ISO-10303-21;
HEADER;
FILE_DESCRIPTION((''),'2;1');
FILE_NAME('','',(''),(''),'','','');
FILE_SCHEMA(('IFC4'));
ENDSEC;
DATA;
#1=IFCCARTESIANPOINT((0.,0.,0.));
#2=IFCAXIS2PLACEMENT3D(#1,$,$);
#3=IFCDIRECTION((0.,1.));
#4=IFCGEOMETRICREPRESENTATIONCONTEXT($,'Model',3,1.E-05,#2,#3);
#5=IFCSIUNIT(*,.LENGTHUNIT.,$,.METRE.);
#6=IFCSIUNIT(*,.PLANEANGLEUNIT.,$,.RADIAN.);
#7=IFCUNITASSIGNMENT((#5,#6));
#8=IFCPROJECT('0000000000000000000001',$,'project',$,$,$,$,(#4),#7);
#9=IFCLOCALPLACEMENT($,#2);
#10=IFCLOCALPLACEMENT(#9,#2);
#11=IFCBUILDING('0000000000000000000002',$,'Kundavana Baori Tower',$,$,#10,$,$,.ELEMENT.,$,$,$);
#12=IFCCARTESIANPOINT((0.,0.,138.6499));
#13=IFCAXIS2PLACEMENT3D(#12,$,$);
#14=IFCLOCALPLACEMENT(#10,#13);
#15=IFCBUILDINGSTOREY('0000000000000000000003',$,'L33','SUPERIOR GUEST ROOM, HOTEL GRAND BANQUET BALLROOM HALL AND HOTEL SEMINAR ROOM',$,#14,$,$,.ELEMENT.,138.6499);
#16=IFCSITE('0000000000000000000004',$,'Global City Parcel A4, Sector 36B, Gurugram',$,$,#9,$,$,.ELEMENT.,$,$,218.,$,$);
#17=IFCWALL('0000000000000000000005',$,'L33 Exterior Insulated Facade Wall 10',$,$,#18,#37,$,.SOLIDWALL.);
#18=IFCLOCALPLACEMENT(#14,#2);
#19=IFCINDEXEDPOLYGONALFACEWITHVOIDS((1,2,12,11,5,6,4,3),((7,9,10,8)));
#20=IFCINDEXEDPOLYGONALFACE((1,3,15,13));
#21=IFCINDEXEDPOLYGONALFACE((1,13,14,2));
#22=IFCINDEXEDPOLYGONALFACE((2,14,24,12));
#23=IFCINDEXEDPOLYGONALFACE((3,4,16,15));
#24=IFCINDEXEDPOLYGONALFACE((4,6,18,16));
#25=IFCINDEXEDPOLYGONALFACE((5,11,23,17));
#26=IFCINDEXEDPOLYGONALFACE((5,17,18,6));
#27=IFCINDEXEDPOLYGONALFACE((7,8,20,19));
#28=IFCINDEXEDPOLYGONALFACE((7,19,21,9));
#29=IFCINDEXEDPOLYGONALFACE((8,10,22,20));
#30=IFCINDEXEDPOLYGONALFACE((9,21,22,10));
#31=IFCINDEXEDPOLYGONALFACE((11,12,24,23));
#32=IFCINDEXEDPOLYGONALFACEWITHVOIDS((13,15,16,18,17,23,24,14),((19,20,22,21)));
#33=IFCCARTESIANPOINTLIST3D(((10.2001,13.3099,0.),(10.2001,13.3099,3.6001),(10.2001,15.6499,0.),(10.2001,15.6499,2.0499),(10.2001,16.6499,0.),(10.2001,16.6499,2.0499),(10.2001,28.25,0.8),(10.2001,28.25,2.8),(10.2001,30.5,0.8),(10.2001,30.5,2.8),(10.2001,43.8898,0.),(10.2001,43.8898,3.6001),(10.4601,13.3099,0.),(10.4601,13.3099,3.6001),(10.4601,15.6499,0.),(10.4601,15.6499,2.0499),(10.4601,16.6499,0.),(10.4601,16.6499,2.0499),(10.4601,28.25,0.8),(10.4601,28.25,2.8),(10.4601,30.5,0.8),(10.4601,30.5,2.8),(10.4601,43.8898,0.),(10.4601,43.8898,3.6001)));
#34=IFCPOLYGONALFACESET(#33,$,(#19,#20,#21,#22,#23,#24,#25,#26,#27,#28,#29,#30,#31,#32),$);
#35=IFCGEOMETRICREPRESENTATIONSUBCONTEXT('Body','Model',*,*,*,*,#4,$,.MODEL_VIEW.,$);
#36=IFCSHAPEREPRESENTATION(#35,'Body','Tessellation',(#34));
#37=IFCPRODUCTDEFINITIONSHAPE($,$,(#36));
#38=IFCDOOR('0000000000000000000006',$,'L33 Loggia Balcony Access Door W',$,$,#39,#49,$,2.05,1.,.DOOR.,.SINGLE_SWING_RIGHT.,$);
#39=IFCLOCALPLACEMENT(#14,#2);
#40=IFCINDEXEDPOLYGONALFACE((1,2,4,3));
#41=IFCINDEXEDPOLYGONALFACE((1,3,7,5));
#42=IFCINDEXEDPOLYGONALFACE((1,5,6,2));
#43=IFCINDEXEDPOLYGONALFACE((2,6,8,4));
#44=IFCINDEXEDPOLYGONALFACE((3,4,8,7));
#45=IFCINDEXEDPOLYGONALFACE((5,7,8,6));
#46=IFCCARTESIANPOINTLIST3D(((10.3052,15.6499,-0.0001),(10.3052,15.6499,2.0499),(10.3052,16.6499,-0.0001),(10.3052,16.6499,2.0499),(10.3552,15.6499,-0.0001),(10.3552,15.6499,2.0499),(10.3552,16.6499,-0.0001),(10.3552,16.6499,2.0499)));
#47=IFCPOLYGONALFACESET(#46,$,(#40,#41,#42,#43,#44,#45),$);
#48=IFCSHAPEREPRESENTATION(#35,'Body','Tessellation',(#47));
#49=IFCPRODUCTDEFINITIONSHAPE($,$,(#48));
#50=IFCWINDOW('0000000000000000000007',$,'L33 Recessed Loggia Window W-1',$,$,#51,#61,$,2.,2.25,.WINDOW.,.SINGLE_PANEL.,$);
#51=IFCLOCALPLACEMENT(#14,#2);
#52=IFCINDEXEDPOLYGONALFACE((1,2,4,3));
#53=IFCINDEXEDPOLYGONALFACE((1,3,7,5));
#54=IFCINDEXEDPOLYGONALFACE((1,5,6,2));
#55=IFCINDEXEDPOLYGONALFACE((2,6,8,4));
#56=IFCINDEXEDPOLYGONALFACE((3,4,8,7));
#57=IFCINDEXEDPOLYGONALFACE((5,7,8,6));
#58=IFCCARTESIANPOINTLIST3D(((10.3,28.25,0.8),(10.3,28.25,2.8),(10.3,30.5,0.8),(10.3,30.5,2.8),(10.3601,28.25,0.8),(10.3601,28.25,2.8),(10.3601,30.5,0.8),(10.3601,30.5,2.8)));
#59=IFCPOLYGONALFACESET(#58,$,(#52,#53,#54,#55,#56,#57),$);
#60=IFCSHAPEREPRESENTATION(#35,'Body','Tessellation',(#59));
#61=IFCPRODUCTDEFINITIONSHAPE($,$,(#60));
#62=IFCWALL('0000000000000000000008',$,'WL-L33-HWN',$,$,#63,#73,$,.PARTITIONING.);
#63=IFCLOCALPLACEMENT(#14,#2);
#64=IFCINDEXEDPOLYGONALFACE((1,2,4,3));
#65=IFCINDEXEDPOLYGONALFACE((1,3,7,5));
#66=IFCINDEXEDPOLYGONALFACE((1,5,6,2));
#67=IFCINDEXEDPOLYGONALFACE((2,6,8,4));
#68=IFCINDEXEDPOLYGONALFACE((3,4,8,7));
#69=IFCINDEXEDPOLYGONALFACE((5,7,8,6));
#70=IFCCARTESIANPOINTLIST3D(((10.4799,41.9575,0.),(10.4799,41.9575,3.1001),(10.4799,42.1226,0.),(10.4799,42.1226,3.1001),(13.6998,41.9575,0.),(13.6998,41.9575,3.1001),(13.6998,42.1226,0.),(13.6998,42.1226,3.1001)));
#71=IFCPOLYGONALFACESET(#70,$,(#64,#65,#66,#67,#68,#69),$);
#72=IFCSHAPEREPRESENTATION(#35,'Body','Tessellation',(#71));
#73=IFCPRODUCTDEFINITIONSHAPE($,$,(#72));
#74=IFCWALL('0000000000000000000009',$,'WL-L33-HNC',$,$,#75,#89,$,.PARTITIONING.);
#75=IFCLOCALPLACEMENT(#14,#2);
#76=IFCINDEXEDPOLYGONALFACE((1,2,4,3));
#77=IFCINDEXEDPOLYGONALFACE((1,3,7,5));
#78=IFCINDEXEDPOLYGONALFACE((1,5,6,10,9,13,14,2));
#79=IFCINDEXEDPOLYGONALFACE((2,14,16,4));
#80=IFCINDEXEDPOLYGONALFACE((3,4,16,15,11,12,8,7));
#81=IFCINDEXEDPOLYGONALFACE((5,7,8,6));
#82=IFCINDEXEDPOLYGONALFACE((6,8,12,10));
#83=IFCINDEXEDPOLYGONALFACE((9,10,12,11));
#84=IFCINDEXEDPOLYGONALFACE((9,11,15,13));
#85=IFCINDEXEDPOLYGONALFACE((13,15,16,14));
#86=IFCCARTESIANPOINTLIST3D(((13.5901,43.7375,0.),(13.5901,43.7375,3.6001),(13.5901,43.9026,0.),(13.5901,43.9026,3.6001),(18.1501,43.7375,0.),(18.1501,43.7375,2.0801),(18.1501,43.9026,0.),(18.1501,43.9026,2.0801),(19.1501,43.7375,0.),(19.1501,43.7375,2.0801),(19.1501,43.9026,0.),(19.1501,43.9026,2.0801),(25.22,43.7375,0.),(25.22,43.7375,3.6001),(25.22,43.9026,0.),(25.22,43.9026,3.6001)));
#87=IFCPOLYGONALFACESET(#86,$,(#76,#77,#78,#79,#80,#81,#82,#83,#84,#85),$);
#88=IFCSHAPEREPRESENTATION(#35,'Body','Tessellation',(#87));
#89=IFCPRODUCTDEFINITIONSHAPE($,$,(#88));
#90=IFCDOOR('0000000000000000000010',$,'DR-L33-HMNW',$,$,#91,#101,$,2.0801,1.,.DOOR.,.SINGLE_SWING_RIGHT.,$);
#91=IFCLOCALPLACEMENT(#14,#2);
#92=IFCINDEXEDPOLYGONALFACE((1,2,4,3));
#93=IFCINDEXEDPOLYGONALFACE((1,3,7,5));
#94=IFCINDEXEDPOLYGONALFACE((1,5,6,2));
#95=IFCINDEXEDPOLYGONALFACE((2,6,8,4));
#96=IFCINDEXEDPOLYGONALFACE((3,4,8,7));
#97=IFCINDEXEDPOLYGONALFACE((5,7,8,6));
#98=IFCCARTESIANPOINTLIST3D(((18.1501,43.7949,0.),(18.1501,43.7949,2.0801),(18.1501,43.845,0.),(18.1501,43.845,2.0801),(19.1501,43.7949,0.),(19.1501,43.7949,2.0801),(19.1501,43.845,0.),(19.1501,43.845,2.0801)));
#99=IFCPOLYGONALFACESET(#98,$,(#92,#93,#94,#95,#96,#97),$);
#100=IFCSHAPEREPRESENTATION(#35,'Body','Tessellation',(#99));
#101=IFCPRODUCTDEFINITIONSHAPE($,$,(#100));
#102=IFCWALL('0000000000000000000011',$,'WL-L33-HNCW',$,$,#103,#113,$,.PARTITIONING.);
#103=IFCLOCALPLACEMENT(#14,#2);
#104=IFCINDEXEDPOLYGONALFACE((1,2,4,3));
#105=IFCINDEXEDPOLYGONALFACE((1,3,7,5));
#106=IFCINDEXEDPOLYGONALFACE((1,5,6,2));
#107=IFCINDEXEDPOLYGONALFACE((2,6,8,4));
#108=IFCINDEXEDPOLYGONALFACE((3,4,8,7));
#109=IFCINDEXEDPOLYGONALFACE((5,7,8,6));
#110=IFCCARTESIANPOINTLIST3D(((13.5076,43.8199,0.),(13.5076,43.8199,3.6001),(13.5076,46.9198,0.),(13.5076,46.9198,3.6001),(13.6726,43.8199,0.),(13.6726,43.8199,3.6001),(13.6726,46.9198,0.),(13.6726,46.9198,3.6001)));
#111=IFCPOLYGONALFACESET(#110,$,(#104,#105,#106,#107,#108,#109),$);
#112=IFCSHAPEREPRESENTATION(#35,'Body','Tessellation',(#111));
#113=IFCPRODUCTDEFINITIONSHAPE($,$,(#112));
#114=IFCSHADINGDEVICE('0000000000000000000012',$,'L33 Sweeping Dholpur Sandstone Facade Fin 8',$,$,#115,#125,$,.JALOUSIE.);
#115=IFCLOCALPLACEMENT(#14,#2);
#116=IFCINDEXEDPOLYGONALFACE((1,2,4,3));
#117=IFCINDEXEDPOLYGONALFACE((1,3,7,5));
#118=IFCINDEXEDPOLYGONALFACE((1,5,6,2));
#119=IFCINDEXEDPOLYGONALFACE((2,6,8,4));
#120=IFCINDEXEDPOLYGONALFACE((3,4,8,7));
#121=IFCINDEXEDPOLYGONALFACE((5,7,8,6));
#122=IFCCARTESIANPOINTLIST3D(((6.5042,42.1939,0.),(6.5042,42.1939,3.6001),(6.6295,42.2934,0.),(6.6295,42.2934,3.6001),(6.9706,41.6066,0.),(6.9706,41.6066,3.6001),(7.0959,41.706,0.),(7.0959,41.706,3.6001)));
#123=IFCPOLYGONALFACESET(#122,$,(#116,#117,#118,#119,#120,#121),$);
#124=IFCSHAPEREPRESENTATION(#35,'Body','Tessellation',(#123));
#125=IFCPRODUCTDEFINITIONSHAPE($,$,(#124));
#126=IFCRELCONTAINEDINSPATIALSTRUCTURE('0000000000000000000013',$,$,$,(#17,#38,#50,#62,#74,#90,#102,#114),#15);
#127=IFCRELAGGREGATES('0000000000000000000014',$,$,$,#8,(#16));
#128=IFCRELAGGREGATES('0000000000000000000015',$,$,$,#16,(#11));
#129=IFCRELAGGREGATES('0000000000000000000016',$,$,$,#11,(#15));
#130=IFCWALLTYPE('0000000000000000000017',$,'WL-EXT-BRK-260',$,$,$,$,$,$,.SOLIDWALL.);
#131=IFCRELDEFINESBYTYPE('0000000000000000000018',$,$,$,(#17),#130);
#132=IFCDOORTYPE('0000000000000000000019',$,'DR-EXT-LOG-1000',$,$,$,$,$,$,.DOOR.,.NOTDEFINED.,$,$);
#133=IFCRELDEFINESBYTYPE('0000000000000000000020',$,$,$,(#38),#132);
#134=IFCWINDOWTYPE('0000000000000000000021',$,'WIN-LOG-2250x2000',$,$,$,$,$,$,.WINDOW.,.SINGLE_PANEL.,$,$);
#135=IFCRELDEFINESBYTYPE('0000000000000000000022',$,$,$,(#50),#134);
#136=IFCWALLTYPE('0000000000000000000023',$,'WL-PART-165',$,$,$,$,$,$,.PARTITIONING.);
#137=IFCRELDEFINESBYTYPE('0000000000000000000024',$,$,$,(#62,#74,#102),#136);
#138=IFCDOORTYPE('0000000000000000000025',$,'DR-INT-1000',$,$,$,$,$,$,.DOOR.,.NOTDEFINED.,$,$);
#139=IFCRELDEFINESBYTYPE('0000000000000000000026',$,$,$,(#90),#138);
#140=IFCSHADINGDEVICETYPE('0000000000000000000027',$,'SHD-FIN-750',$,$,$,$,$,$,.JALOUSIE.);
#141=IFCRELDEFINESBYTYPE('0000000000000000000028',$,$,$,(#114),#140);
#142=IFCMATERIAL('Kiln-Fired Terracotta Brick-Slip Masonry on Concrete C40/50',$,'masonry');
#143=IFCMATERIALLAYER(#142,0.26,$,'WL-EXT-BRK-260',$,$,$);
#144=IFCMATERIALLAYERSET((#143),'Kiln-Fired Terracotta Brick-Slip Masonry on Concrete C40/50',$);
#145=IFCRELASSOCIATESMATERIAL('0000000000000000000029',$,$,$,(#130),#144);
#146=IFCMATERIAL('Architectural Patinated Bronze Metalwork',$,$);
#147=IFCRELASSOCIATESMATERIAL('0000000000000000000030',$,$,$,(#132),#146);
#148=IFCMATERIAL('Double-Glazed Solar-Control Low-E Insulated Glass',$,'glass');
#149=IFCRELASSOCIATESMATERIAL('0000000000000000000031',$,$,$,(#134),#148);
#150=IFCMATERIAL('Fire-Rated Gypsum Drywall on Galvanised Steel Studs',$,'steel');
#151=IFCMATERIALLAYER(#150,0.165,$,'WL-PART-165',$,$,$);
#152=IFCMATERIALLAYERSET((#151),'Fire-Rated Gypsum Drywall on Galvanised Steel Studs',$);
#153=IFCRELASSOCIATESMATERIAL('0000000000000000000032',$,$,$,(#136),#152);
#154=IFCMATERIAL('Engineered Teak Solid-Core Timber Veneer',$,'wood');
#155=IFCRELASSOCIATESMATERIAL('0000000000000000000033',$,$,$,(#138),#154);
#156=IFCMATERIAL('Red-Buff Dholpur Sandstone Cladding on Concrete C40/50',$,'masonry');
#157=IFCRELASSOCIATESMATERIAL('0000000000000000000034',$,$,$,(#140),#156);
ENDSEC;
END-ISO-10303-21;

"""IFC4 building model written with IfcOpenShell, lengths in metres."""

from ifc_helpers import new_model, si_unit, direction, frame, frame_2d, origin, origin_2d, place, context, subcontext, project, spatial, rectangle, extrude, material, layer, layer_set, type_object, element, fill, save


model = new_model("IFC4")

# Units and contexts
model_context = context("Model", 3, precision=1e-05, world=origin(), true_north=direction((0.0, 1.0)))
body_context = subcontext(model_context, "Body", "Model", "MODEL_VIEW")
ifc_project = project(units=[si_unit("LENGTHUNIT", "METRE"), si_unit("PLANEANGLEUNIT", "RADIAN")], contexts=[model_context])

# Site, building, storey
site_placement = place(None, origin())
site = spatial("IfcSite", under=ifc_project, at=site_placement, Name="Global City Parcel A4, Sector 36B, Gurugram", CompositionType="ELEMENT", RefElevation=218.0)
building_placement = place(site_placement, origin())
building = spatial("IfcBuilding", under=site, at=building_placement, Name="Kundavana Baori Tower", CompositionType="ELEMENT")
storey_placement = place(building_placement, frame((0.0, 0.0, 138.6499)))
storey = spatial("IfcBuildingStorey", under=building, at=storey_placement, Name="L33", Description="SUPERIOR GUEST ROOM, HOTEL GRAND BANQUET BALLROOM HALL AND HOTEL SEMINAR ROOM", CompositionType="ELEMENT", Elevation=138.6499)

# Shared definitions
ifc_material_1 = material(Name="Kiln-Fired Terracotta Brick-Slip Masonry on Concrete C40/50", Category="masonry")
ifc_layer_1 = layer(ifc_material_1, 0.26, Name="WL-EXT-BRK-260")
ifc_layer_set_1 = layer_set([ifc_layer_1], Name="Kiln-Fired Terracotta Brick-Slip Masonry on Concrete C40/50")
wall_type_1 = type_object("IfcWallType", Name="WL-EXT-BRK-260", PredefinedType="SOLIDWALL", material=ifc_layer_set_1)

# Wall, openings, door, window
wall_1_placement = place(storey_placement, frame((10.3301, 43.8899, 0.0), z_axis=(0.0, 0.0, 1.0), x_axis=(0.0, -1.0, 0.0)))
wall_1 = element("IfcWall", 1, at=wall_1_placement, inside=storey, type_object=wall_type_1, Name="L33 Exterior Insulated Facade Wall 10", PredefinedType="SOLIDWALL", context=body_context, shape_type="SweptSolid", body=[
    extrude(rectangle(XDim=30.5798, YDim=0.26, at=frame_2d((15.29, 0.0))), origin(), (0.0, 0.0, 1.0), 3.6001),
])
opening_1_placement = place(wall_1_placement, frame((27.24, 0.0, 0.0)))
opening_1 = element("IfcOpeningElement", 2, at=opening_1_placement, cuts=wall_1, PredefinedType="OPENING", context=body_context, shape_type="SweptSolid", body=[
    extrude(rectangle(XDim=1.0, YDim=2.05, at=frame_2d((0.5, 1.0249))), frame((0.0, 0.1401, 0.0), z_axis=(0.0, -1.0, 0.0), x_axis=(1.0, 0.0, 0.0)), (0.0, 0.0, 1.0), 0.28),
])
opening_2_placement = place(wall_1_placement, frame((13.3899, 0.0, 0.8)))
opening_2 = element("IfcOpeningElement", 3, at=opening_2_placement, cuts=wall_1, PredefinedType="OPENING", context=body_context, shape_type="SweptSolid", body=[
    extrude(rectangle(XDim=2.25, YDim=2.0, at=frame_2d((1.125, 1.0))), frame((0.0, 0.1401, 0.0), z_axis=(0.0, -1.0, 0.0), x_axis=(1.0, 0.0, 0.0)), (0.0, 0.0, 1.0), 0.28),
])
ifc_material_2 = material(Name="Architectural Patinated Bronze Metalwork")
door_type_1 = type_object("IfcDoorType", Name="DR-EXT-LOG-1000", OperationType="NOTDEFINED", PredefinedType="DOOR", material=ifc_material_2)
door_1_placement = place(opening_1_placement, frame((1.0, 0.0, 0.0), z_axis=(0.0, 0.0, 1.0), x_axis=(-1.0, 0.0, 0.0)))
door_1 = element("IfcDoor", 4, at=door_1_placement, inside=storey, type_object=door_type_1, Name="L33 Loggia Balcony Access Door W", OperationType="SINGLE_SWING_RIGHT", OverallHeight=2.05, OverallWidth=1.0, PredefinedType="DOOR", context=body_context, shape_type="SweptSolid", body=[
    extrude(rectangle(XDim=1.0, YDim=2.05, at=frame_2d((0.5, 1.0249))), frame((0.0, 0.0249, 0.0), z_axis=(0.0, -1.0, 0.0), x_axis=(1.0, 0.0, 0.0)), (0.0, 0.0, 1.0), 0.05),
])
fill(opening_1, door_1)
ifc_material_3 = material(Name="Double-Glazed Solar-Control Low-E Insulated Glass", Category="glass")
window_type = type_object("IfcWindowType", Name="WIN-LOG-2250x2000", PartitioningType="SINGLE_PANEL", PredefinedType="WINDOW", material=ifc_material_3)
window_placement = place(opening_2_placement, origin())
window = element("IfcWindow", 5, at=window_placement, inside=storey, type_object=window_type, Name="L33 Recessed Loggia Window W-1", OverallHeight=2.0, OverallWidth=2.25, PartitioningType="SINGLE_PANEL", PredefinedType="WINDOW", context=body_context, shape_type="SweptSolid", body=[
    extrude(rectangle(XDim=2.25, YDim=2.0, at=frame_2d((1.125, 1.0))), frame((0.0, 0.03, 0.0), z_axis=(0.0, -1.0, 0.0), x_axis=(1.0, 0.0, 0.0)), (0.0, 0.0, 1.0), 0.0601),
])
fill(opening_2, window)

# Wall
ifc_material_4 = material(Name="Fire-Rated Gypsum Drywall on Galvanised Steel Studs", Category="steel")
ifc_layer_2 = layer(ifc_material_4, 0.165, Name="WL-PART-165")
ifc_layer_set_2 = layer_set([ifc_layer_2], Name="Fire-Rated Gypsum Drywall on Galvanised Steel Studs")
wall_type_2 = type_object("IfcWallType", Name="WL-PART-165", PredefinedType="PARTITIONING", material=ifc_layer_set_2)
wall_2_placement = place(storey_placement, frame((10.48, 42.04, 0.0), z_axis=(0.0, 0.0, 1.0), x_axis=(1.0, 0.0, 0.0)))
element("IfcWall", 6, at=wall_2_placement, inside=storey, type_object=wall_type_2, Name="WL-L33-HWN", PredefinedType="PARTITIONING", context=body_context, shape_type="SweptSolid", body=[
    extrude(rectangle(XDim=3.22, YDim=0.165, at=frame_2d((1.6099, 0.0))), origin(), (0.0, 0.0, 1.0), 3.1001),
])

# Wall, opening, door
wall_3_placement = place(storey_placement, frame((13.5901, 43.8201, 0.0), z_axis=(0.0, 0.0, 1.0), x_axis=(1.0, 0.0, 0.0)))
wall_3 = element("IfcWall", 7, at=wall_3_placement, inside=storey, type_object=wall_type_2, Name="WL-L33-HNC", PredefinedType="PARTITIONING", context=body_context, shape_type="SweptSolid", body=[
    extrude(rectangle(XDim=11.6299, YDim=0.165, at=frame_2d((5.8149, 0.0))), origin(), (0.0, 0.0, 1.0), 3.6001),
])
opening_3_placement = place(wall_3_placement, frame((4.5601, 0.0, 0.0)))
opening_3 = element("IfcOpeningElement", 8, at=opening_3_placement, cuts=wall_3, PredefinedType="OPENING", context=body_context, shape_type="SweptSolid", body=[
    extrude(rectangle(XDim=1.0, YDim=2.0801, at=frame_2d((0.5, 1.04))), frame((0.0, 0.0925, 0.0), z_axis=(0.0, -1.0, 0.0), x_axis=(1.0, 0.0, 0.0)), (0.0, 0.0, 1.0), 0.1851),
])
ifc_material_5 = material(Name="Engineered Teak Solid-Core Timber Veneer", Category="wood")
door_type_2 = type_object("IfcDoorType", Name="DR-INT-1000", OperationType="NOTDEFINED", PredefinedType="DOOR", material=ifc_material_5)
door_2_placement = place(opening_3_placement, origin())
door_2 = element("IfcDoor", 9, at=door_2_placement, inside=storey, type_object=door_type_2, Name="DR-L33-HMNW", OperationType="SINGLE_SWING_RIGHT", OverallHeight=2.0801, OverallWidth=1.0, PredefinedType="DOOR", context=body_context, shape_type="SweptSolid", body=[
    extrude(rectangle(XDim=1.0, YDim=2.0801, at=frame_2d((0.5, 1.04))), frame((0.0, 0.0249, 0.0), z_axis=(0.0, -1.0, 0.0), x_axis=(1.0, 0.0, 0.0)), (0.0, 0.0, 1.0), 0.05),
])
fill(opening_3, door_2)

# Wall
wall_4_placement = place(storey_placement, frame((13.5901, 43.8201, 0.0), z_axis=(0.0, 0.0, 1.0), x_axis=(0.0, 1.0, 0.0)))
element("IfcWall", 10, at=wall_4_placement, inside=storey, type_object=wall_type_2, Name="WL-L33-HNCW", PredefinedType="PARTITIONING", context=body_context, shape_type="SweptSolid", body=[
    extrude(rectangle(XDim=3.0999, YDim=0.165, at=frame_2d((1.5498, 0.0))), origin(), (0.0, 0.0, 1.0), 3.6001),
])

# Shading device
ifc_material_6 = material(Name="Red-Buff Dholpur Sandstone Cladding on Concrete C40/50", Category="masonry")
shading_device_type = type_object("IfcShadingDeviceType", Name="SHD-FIN-750", PredefinedType="JALOUSIE", material=ifc_material_6)
shading_device_placement = place(storey_placement, frame((6.8, 41.95, 0.0), z_axis=(0.0, 0.0, 1.0), x_axis=(0.783151, 0.621831, 0.0)))
element("IfcShadingDevice", 11, at=shading_device_placement, inside=storey, type_object=shading_device_type, Name="L33 Sweeping Dholpur Sandstone Facade Fin 8", PredefinedType="JALOUSIE", context=body_context, shape_type="SweptSolid", body=[
    extrude(rectangle(XDim=0.1599, YDim=0.75, at=origin_2d()), origin(), (0.0, 0.0, 1.0), 3.6001),
])

save(model, "model.ifc")
